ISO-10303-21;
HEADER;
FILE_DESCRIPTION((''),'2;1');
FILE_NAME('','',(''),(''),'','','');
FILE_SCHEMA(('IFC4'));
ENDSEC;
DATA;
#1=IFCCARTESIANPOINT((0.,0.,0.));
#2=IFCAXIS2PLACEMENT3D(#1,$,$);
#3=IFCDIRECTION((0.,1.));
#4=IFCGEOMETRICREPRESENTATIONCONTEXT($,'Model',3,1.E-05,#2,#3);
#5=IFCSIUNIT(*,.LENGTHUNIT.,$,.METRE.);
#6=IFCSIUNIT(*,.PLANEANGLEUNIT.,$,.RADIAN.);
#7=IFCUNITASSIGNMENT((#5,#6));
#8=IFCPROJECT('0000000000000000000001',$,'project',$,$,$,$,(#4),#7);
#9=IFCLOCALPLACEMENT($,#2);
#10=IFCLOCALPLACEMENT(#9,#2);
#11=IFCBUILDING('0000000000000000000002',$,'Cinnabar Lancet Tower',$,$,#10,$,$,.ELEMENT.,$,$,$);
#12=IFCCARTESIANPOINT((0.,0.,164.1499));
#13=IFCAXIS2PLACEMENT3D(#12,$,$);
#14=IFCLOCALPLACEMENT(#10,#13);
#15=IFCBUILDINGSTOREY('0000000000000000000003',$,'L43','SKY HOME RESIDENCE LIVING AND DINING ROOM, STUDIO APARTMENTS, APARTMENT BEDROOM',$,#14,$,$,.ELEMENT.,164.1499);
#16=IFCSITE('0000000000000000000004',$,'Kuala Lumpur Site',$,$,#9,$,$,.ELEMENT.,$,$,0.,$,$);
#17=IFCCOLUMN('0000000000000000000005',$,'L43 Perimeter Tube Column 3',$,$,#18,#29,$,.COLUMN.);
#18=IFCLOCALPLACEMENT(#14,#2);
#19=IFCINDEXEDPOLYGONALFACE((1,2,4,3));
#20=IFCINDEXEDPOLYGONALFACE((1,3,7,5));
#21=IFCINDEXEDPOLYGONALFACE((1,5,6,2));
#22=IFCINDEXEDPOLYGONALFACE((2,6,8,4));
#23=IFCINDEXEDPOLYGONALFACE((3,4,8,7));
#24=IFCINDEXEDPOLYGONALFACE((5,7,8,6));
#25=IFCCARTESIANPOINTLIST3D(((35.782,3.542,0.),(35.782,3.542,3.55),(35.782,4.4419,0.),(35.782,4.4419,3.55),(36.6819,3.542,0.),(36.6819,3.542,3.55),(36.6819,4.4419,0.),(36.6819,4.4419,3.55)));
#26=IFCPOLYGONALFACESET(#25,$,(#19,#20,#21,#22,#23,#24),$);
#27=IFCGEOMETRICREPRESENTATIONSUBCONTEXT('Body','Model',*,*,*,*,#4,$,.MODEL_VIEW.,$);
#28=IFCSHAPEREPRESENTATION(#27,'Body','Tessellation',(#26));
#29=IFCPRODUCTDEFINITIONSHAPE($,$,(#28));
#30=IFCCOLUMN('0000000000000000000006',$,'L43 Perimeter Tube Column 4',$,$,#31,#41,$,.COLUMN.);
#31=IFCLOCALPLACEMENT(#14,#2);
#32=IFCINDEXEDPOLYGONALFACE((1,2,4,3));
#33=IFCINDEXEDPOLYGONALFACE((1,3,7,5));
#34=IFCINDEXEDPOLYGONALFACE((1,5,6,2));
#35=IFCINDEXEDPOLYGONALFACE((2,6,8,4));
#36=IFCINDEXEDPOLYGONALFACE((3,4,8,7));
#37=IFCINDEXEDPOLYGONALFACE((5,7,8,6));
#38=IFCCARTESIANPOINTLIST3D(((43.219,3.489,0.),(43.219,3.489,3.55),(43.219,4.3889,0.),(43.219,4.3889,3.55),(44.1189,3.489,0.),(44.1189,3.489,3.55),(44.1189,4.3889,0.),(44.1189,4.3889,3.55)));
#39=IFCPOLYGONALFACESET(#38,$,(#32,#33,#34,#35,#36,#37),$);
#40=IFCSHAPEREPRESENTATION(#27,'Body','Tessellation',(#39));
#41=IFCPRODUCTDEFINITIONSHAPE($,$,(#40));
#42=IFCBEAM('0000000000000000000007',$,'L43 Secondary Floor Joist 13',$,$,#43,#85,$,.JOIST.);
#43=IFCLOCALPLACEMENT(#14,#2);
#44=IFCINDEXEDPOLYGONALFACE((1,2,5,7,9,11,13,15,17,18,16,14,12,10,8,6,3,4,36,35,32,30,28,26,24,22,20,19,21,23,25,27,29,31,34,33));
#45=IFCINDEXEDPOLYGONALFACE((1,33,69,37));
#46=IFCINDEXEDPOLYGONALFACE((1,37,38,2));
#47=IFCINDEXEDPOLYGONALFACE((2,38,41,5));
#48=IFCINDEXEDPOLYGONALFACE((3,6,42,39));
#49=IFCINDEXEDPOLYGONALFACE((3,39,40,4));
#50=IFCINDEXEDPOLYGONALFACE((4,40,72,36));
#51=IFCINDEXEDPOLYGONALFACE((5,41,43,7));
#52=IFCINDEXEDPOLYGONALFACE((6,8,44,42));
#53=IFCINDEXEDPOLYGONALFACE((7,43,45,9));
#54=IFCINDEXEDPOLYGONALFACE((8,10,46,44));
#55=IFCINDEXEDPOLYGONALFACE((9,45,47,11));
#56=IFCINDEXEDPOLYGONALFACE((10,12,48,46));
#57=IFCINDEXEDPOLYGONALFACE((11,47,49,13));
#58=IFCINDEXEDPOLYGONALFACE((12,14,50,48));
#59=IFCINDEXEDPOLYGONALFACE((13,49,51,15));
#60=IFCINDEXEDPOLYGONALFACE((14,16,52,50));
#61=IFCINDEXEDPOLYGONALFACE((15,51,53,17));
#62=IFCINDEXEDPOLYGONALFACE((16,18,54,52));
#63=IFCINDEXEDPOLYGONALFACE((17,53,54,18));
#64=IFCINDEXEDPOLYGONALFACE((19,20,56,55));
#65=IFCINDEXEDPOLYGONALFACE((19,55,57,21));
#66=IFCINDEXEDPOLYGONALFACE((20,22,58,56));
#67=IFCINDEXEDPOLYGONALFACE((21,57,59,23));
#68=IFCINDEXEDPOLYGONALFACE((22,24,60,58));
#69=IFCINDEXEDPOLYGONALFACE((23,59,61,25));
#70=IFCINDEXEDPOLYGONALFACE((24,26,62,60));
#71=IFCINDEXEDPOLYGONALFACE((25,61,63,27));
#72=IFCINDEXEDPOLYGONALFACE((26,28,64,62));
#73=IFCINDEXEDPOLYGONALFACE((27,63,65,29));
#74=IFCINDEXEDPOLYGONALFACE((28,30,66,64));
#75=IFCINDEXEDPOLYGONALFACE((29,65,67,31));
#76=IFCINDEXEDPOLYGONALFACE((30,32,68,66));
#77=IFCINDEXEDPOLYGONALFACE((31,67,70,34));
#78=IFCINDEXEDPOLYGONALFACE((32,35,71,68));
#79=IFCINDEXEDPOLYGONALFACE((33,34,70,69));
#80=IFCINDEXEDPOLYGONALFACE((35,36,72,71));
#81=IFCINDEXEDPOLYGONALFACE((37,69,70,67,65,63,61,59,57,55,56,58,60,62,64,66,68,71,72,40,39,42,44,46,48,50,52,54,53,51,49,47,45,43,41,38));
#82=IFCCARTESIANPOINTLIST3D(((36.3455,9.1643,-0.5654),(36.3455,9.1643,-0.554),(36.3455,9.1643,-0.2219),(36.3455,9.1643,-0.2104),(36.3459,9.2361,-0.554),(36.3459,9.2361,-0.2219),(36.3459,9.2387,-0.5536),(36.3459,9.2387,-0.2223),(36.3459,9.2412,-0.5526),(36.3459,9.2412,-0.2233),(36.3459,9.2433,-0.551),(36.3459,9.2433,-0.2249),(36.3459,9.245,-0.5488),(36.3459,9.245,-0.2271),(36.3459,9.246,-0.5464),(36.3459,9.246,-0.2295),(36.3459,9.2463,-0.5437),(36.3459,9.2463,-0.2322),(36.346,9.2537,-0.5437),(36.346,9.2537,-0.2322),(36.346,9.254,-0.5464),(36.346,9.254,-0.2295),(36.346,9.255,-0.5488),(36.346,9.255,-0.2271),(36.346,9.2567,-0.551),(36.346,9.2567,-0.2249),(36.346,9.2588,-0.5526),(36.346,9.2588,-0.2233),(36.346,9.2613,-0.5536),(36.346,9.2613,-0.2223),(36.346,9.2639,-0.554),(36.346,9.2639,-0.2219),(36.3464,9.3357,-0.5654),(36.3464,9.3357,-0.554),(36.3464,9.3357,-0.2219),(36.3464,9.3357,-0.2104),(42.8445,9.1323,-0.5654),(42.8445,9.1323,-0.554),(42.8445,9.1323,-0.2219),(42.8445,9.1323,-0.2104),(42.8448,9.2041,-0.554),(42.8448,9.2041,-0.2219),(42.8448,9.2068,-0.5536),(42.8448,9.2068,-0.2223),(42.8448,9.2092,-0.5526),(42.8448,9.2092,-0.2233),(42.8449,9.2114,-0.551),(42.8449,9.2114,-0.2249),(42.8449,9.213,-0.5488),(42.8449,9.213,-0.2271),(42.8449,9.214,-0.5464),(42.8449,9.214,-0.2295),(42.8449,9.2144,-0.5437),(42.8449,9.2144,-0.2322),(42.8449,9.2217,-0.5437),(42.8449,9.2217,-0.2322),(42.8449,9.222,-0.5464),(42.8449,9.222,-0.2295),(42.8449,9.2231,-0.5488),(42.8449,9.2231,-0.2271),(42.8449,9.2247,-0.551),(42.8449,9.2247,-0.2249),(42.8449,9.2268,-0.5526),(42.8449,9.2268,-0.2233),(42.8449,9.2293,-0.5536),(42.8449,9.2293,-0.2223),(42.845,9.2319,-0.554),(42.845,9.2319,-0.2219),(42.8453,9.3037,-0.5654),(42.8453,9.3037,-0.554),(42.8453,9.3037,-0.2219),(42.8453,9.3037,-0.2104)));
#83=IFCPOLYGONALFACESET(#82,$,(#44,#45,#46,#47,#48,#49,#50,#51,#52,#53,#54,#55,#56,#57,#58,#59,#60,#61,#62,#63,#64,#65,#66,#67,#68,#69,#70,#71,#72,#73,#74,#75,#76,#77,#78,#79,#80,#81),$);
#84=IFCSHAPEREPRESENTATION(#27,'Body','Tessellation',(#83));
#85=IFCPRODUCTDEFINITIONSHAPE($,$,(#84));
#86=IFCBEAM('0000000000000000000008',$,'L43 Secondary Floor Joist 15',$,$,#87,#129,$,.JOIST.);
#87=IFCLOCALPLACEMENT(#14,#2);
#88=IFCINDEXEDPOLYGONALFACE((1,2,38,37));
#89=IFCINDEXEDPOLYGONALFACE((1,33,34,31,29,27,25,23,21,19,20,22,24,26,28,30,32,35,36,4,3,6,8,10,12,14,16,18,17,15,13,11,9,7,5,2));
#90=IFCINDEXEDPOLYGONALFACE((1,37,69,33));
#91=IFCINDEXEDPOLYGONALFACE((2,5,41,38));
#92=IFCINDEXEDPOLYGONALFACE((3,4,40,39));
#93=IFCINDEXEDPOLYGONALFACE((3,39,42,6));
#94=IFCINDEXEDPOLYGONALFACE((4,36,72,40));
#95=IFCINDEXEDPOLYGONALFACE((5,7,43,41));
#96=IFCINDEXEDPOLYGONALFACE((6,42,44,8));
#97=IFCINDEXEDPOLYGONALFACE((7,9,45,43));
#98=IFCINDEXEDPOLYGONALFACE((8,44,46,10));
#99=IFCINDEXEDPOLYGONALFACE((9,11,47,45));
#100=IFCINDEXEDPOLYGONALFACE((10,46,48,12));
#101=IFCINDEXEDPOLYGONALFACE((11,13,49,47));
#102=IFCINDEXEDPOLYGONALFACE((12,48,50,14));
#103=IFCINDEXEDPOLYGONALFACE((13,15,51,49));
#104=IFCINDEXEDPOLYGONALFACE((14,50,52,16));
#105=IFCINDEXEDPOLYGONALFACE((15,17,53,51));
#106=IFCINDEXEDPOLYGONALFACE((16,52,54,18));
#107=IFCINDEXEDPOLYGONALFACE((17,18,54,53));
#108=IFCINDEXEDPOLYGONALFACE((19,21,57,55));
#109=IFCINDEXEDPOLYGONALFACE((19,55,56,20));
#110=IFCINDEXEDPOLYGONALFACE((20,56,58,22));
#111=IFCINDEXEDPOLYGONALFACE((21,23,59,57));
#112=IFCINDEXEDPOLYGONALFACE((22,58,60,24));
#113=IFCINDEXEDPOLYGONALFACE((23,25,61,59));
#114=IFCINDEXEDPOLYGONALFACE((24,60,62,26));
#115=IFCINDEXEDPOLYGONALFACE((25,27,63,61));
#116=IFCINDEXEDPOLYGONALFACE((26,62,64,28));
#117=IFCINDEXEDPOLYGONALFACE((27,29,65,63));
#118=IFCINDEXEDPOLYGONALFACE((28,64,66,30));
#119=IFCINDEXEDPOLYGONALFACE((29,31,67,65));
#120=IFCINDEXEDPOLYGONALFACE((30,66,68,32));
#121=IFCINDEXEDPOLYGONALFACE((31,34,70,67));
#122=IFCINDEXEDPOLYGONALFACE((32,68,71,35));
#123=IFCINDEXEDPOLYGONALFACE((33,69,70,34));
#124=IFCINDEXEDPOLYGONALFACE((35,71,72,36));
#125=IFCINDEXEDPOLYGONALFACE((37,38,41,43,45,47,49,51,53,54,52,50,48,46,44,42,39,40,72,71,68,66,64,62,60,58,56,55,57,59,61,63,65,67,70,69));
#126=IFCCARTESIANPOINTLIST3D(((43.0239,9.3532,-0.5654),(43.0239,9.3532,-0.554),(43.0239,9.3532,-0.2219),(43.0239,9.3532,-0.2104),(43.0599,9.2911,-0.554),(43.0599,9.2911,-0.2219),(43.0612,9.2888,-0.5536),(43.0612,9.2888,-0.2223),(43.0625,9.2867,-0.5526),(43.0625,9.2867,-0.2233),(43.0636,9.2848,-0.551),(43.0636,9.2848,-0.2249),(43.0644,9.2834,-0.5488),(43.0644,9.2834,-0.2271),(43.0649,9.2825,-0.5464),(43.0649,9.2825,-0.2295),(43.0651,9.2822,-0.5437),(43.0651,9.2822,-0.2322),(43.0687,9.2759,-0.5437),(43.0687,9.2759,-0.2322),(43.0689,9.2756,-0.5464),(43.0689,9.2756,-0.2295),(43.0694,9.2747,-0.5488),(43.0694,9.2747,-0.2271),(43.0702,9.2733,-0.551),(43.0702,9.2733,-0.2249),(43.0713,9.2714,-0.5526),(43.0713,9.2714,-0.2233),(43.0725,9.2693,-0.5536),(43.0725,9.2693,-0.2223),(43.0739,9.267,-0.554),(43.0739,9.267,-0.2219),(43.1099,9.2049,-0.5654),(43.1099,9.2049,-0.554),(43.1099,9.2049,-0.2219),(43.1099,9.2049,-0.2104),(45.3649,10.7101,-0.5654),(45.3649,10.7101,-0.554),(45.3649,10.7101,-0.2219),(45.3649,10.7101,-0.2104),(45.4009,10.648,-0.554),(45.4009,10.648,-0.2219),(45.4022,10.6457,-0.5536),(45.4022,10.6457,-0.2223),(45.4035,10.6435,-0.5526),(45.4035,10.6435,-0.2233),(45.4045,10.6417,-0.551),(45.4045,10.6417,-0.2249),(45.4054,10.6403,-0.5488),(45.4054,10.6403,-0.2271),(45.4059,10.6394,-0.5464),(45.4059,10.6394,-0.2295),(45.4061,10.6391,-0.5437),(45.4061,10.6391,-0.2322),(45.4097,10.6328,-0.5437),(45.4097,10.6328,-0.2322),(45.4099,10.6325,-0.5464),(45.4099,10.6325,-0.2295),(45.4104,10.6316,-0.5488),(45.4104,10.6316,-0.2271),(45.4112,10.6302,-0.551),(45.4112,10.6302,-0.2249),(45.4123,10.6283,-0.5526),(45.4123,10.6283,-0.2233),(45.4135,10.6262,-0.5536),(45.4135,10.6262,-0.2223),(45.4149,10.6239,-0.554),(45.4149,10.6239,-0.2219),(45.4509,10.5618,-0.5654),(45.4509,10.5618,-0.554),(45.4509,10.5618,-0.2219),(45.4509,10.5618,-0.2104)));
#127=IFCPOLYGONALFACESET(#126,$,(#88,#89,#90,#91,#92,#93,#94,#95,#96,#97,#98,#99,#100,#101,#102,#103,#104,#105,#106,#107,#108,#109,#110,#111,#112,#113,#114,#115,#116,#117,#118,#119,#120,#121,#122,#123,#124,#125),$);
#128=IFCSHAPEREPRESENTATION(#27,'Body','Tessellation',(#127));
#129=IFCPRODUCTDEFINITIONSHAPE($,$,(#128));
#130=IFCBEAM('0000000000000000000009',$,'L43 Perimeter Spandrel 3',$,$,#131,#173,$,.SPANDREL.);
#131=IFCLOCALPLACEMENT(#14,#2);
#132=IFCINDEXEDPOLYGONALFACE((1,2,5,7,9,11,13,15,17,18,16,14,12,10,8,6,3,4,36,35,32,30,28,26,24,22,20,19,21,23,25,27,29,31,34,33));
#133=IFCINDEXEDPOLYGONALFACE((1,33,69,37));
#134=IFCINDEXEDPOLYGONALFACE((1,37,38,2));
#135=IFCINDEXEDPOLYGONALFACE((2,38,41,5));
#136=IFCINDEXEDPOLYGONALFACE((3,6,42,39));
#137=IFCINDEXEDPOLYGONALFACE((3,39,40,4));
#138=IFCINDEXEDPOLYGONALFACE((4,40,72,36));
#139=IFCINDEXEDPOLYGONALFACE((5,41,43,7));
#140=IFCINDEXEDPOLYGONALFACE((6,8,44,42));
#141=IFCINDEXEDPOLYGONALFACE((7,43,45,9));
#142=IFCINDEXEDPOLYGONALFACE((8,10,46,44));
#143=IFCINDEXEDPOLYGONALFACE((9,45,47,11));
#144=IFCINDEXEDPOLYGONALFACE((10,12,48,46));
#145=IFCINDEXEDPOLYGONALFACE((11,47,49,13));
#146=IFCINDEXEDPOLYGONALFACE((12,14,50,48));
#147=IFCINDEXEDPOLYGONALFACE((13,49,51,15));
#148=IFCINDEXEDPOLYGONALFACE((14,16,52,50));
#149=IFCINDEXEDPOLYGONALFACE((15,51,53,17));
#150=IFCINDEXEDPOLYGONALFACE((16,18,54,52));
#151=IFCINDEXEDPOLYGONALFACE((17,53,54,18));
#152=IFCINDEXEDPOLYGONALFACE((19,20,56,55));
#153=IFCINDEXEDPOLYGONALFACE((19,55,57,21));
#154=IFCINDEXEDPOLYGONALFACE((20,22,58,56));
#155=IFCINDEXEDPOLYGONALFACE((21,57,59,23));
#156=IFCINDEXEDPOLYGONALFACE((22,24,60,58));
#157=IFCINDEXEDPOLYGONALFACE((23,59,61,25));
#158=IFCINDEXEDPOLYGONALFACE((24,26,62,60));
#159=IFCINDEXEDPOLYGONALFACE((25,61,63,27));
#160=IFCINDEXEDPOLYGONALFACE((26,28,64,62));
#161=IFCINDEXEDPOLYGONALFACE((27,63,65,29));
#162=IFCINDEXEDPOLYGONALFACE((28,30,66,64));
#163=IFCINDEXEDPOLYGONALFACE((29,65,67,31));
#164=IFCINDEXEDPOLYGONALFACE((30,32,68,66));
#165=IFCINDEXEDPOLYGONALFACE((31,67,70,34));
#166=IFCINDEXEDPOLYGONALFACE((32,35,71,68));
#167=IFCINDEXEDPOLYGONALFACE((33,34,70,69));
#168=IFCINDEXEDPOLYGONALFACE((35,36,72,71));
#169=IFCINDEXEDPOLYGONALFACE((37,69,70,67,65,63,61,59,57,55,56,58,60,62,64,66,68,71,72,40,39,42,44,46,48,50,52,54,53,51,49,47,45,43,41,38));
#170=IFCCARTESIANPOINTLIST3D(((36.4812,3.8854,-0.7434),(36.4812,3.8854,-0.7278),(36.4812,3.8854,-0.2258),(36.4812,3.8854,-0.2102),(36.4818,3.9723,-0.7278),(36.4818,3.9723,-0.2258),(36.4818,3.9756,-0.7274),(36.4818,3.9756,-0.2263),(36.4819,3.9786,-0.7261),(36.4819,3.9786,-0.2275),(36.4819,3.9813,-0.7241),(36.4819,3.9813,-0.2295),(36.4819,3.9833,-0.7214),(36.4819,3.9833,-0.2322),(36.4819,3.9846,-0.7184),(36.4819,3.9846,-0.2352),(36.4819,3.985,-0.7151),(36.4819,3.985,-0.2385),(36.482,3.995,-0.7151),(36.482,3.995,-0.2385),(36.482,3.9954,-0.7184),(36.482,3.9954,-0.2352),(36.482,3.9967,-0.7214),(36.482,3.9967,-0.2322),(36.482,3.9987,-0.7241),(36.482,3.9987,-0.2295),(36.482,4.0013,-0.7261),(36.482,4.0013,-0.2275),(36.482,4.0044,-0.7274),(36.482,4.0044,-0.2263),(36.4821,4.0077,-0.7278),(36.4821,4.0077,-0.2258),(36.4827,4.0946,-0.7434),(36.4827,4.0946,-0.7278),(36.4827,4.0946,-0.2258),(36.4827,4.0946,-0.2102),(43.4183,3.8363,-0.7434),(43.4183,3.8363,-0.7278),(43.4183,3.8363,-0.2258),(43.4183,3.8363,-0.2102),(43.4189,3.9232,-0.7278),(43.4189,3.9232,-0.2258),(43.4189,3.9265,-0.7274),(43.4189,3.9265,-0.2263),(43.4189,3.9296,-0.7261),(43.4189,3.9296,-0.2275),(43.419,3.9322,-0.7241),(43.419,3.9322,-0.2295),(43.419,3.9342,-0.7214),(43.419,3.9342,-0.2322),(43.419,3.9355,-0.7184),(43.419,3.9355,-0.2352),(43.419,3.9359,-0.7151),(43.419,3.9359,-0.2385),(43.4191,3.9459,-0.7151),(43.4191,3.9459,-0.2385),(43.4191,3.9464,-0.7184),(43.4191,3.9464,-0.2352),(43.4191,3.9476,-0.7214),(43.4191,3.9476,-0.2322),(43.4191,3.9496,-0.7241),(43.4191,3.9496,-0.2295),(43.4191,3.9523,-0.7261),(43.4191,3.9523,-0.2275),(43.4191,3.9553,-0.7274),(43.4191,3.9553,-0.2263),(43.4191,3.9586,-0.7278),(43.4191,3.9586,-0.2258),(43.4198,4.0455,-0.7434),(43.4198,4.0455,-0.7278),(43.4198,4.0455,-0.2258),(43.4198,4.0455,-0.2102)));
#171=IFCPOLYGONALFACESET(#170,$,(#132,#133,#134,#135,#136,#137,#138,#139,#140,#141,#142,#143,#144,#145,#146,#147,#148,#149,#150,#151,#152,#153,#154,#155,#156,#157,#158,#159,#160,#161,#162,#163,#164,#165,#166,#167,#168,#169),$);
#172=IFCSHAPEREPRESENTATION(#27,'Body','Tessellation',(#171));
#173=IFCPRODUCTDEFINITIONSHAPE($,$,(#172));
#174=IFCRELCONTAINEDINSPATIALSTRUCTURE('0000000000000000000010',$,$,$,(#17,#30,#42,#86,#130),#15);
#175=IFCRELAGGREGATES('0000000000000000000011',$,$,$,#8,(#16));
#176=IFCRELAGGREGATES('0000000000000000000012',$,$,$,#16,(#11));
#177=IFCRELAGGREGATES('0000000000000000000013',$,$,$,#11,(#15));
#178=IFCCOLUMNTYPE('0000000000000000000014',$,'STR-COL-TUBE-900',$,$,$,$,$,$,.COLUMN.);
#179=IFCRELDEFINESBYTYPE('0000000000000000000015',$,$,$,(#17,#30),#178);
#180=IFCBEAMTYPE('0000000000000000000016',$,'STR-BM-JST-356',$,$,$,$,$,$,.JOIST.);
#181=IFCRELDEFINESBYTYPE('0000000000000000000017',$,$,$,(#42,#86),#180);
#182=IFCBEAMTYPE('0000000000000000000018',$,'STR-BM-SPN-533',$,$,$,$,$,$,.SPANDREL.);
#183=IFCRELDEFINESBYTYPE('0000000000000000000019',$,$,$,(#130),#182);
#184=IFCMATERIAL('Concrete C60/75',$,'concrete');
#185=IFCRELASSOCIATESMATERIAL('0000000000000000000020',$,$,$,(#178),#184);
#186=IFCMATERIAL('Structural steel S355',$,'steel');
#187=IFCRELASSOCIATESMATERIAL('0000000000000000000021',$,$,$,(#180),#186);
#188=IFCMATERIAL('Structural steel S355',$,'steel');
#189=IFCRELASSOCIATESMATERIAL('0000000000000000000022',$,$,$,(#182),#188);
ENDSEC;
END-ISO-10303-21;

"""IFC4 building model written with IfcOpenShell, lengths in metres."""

from ifc_helpers import new_model, si_unit, direction, frame, origin, origin_2d, place, context, subcontext, project, spatial, rectangle, i_section, extrude, material, material_profile, profile_set, type_object, element, save


model = new_model("IFC4")

# Units and contexts
model_context = context("Model", 3, precision=1e-05, world=origin(), true_north=direction((0.0, 1.0)))
body_context = subcontext(model_context, "Body", "Model", "MODEL_VIEW")
ifc_project = project(units=[si_unit("LENGTHUNIT", "METRE"), si_unit("PLANEANGLEUNIT", "RADIAN")], contexts=[model_context])

# Site, building, storey
site_placement = place(None, origin())
site = spatial("IfcSite", under=ifc_project, at=site_placement, Name="Kuala Lumpur Site", CompositionType="ELEMENT", RefElevation=0.0)
building_placement = place(site_placement, origin())
building = spatial("IfcBuilding", under=site, at=building_placement, Name="Cinnabar Lancet Tower", CompositionType="ELEMENT")
storey_placement = place(building_placement, frame((0.0, 0.0, 164.1499)))
storey = spatial("IfcBuildingStorey", under=building, at=storey_placement, Name="L43", Description="SKY HOME RESIDENCE LIVING AND DINING ROOM, STUDIO APARTMENTS, APARTMENT BEDROOM", CompositionType="ELEMENT", Elevation=164.1499)

# Columns
ifc_material_1 = material(Name="Concrete C60/75", Category="concrete")
ifc_material_profile_1 = material_profile(ifc_material_1, rectangle(XDim=0.8999, YDim=0.8999, at=origin_2d()), Name="RC-COL 900x900")
ifc_profile_set_1 = profile_set([ifc_material_profile_1], Name="Concrete C60/75")
column_type = type_object("IfcColumnType", Name="STR-COL-TUBE-900", PredefinedType="COLUMN", material=ifc_profile_set_1)
for number, where, z_axis, x_axis, name in (
    (1, (36.2319, 3.9919, 0.0), (0.0, 0.0, 1.0), (1.0, 0.0, 0.0), "L43 Perimeter Tube Column 3"),
    (2, (43.6689, 3.939, 0.0), (0.0, 0.0, 1.0), (1.0, 0.0, 0.0), "L43 Perimeter Tube Column 4"),
):
    element("IfcColumn", number, at=place(storey_placement, frame(where, z_axis=z_axis, x_axis=x_axis)), inside=storey, type_object=column_type, Name=name, PredefinedType="COLUMN", context=body_context, shape_type="SweptSolid", body=[
        extrude(rectangle(XDim=0.8999, YDim=0.8999, at=origin_2d()), origin(), (0.0, 0.0, 1.0), 3.55),
    ])

# Beams
ifc_material_2 = material(Name="Structural steel S355", Category="steel")
ifc_material_profile_2 = material_profile(ifc_material_2, i_section(OverallWidth=0.1714, OverallDepth=0.355, WebThickness=0.0073, FlangeThickness=0.0115, FilletRadius=0.0103, at=origin_2d()), Name="UKB 356x171x51")
ifc_profile_set_2 = profile_set([ifc_material_profile_2], Name="Structural steel S355")
beam_type_1 = type_object("IfcBeamType", Name="STR-BM-JST-356", PredefinedType="JOIST", material=ifc_profile_set_2)
beam_1_placement = place(storey_placement, frame((36.3459, 9.25, -0.3879), z_axis=(0.999988, -0.004921, 0.0), x_axis=(0.004921, 0.999988, 0.0)))
element("IfcBeam", 3, at=beam_1_placement, inside=storey, type_object=beam_type_1, Name="L43 Secondary Floor Joist 13", PredefinedType="JOIST", context=body_context, shape_type="SweptSolid", body=[
    extrude(i_section(OverallWidth=0.1714, OverallDepth=0.355, WebThickness=0.0073, FlangeThickness=0.0115, FilletRadius=0.0103, at=origin_2d()), origin(), (0.0, 0.0, 1.0), 6.499),
])
beam_2_placement = place(storey_placement, frame((43.0669, 9.2791, -0.3879), z_axis=(0.865173, 0.501474, 0.0), x_axis=(-0.501474, 0.865173, 0.0)))
element("IfcBeam", 4, at=beam_2_placement, inside=storey, type_object=beam_type_1, Name="L43 Secondary Floor Joist 15", PredefinedType="JOIST", context=body_context, shape_type="SweptSolid", body=[
    extrude(i_section(OverallWidth=0.1714, OverallDepth=0.355, WebThickness=0.0073, FlangeThickness=0.0115, FilletRadius=0.0103, at=origin_2d()), origin(), (0.0, 0.0, 1.0), 2.7058),
])
ifc_material_3 = material(Name="Structural steel S355", Category="steel")
ifc_material_profile_3 = material_profile(ifc_material_3, i_section(OverallWidth=0.2092, OverallDepth=0.5332, WebThickness=0.01, FlangeThickness=0.0156, FilletRadius=0.0127, at=origin_2d()), Name="UKB 533x210x92")
ifc_profile_set_3 = profile_set([ifc_material_profile_3], Name="Structural steel S355")
beam_type_2 = type_object("IfcBeamType", Name="STR-BM-SPN-533", PredefinedType="SPANDREL", material=ifc_profile_set_3)
beam_3_placement = place(storey_placement, frame((36.4819, 3.99, -0.4768), z_axis=(0.999975, -0.007074, 0.0), x_axis=(0.007074, 0.999975, 0.0)))
element("IfcBeam", 5, at=beam_3_placement, inside=storey, type_object=beam_type_2, Name="L43 Perimeter Spandrel 3", PredefinedType="SPANDREL", context=body_context, shape_type="SweptSolid", body=[
    extrude(i_section(OverallWidth=0.2092, OverallDepth=0.5332, WebThickness=0.01, FlangeThickness=0.0156, FilletRadius=0.0127, at=origin_2d()), origin(), (0.0, 0.0, 1.0), 6.9373),
])

save(model, "model.ifc")
